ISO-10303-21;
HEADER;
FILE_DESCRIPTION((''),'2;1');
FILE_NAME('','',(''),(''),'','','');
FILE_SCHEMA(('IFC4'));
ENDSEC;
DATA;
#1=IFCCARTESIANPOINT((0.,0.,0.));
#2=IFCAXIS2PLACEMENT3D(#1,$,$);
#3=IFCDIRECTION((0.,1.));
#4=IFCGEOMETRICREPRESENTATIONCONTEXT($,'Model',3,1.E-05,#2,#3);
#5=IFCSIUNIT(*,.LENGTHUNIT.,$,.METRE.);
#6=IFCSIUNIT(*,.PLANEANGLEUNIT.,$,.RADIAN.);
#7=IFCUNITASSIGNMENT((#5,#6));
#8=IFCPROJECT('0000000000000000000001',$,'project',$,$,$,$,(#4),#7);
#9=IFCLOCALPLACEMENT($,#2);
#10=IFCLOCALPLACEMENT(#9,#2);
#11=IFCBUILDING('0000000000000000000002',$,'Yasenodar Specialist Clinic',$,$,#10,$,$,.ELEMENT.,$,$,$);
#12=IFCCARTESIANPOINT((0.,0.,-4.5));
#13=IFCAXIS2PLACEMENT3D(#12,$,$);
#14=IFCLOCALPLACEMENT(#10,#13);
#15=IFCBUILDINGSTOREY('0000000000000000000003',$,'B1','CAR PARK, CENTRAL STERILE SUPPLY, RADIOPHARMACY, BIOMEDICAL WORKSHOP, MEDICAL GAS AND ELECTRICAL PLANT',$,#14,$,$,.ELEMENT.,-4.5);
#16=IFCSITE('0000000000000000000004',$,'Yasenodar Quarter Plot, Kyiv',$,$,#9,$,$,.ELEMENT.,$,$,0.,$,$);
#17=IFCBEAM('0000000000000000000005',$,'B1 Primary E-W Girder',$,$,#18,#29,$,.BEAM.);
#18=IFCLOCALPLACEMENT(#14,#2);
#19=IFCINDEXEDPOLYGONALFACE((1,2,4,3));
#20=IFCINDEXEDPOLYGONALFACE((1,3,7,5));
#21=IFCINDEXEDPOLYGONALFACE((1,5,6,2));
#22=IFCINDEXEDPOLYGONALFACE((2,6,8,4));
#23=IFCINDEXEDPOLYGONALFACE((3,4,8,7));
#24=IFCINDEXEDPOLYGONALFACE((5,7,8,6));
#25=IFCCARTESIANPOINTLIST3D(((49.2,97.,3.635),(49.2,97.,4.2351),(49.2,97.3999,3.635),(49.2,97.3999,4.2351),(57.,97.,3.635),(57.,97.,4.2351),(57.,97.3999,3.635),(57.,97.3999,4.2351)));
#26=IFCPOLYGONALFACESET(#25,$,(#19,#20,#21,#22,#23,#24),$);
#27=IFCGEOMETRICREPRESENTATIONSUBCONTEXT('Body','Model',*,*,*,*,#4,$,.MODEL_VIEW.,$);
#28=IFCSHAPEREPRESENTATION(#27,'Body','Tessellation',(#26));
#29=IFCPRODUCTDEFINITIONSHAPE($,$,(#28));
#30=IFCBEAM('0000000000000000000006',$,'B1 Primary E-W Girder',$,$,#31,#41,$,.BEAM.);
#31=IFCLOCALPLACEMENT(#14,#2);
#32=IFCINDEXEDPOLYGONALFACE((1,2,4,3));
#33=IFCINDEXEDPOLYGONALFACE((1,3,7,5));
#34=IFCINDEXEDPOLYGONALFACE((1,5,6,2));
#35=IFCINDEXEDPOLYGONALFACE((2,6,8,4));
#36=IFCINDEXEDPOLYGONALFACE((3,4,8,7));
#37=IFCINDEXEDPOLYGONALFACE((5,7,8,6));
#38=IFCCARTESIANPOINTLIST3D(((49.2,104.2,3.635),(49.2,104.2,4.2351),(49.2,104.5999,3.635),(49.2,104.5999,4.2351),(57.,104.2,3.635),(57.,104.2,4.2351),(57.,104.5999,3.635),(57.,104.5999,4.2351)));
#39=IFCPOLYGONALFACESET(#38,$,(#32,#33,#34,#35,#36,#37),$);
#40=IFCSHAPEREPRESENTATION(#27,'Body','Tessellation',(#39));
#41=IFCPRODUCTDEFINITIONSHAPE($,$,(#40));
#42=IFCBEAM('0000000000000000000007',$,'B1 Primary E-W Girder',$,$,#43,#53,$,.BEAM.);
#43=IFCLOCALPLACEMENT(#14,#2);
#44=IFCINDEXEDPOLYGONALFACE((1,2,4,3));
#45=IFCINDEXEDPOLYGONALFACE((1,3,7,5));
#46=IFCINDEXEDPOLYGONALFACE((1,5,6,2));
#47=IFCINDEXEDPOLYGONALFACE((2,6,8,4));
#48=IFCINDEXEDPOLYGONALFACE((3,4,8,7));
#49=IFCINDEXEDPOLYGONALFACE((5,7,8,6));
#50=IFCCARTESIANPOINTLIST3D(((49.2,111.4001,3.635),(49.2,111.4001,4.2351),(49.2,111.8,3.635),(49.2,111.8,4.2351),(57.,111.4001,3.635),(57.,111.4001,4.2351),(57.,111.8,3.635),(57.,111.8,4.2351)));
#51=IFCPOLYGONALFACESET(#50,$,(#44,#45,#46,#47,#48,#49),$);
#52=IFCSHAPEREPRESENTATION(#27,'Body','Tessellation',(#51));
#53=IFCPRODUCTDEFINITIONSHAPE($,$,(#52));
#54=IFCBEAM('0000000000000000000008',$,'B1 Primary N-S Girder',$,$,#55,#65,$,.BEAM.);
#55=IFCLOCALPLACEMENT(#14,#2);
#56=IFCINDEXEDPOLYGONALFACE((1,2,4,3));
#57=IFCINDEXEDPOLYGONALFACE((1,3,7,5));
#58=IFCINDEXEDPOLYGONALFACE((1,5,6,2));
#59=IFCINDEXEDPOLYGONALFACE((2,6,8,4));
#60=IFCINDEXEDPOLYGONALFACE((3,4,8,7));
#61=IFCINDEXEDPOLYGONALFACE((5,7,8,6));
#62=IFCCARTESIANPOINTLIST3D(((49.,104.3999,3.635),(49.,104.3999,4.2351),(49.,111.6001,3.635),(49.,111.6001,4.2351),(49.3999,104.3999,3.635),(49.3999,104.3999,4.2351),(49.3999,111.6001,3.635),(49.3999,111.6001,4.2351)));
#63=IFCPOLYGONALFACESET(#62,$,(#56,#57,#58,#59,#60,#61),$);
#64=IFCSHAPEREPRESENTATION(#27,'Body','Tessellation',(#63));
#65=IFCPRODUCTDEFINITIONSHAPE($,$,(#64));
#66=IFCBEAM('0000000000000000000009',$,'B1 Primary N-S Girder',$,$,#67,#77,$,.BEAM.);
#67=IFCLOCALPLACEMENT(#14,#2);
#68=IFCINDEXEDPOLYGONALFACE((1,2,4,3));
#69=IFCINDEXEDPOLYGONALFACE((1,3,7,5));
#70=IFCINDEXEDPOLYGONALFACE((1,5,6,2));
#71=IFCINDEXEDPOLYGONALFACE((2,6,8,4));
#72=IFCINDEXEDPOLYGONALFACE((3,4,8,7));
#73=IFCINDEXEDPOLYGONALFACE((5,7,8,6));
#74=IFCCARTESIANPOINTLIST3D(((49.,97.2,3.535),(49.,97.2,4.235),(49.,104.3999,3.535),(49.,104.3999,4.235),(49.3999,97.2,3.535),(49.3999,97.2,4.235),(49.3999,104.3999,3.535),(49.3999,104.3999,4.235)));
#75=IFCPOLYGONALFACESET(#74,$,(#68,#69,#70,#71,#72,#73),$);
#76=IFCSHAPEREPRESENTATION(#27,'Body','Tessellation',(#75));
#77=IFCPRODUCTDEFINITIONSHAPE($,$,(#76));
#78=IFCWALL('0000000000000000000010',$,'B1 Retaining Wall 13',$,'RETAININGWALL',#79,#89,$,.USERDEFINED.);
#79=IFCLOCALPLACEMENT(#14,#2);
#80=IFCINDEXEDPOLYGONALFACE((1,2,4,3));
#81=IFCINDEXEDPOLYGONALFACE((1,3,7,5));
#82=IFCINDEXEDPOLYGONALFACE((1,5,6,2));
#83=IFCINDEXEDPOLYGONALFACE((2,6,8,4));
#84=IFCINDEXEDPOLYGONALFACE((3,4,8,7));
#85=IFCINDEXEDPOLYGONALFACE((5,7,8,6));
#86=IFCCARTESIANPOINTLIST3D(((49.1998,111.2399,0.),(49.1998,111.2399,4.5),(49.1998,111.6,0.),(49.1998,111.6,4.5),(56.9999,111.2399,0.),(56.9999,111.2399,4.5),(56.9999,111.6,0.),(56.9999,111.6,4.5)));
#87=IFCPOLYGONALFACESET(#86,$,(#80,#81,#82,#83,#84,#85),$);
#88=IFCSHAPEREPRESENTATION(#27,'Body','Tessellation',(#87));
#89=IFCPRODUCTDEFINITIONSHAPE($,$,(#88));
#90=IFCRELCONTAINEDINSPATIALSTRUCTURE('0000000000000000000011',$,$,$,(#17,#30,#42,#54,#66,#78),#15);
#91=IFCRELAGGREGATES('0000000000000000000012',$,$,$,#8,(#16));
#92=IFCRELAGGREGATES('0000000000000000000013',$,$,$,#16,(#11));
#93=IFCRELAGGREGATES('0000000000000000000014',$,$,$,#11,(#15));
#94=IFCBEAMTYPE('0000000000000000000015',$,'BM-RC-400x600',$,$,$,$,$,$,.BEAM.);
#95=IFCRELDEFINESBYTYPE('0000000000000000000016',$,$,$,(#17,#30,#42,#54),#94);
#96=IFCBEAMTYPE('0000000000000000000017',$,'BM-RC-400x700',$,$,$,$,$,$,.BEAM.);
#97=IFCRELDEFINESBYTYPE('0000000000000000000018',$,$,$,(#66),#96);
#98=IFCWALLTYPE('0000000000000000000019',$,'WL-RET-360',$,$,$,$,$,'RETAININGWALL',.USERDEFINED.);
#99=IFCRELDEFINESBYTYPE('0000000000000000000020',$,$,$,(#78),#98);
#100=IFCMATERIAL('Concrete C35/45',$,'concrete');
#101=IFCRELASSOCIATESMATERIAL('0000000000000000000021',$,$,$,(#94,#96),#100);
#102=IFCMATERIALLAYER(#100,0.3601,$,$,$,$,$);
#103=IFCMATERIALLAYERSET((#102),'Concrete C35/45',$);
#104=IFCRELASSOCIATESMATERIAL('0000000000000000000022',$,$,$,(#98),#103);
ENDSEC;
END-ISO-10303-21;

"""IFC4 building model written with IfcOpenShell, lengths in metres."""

from ifc_helpers import new_model, si_unit, direction, frame, frame_2d, origin, origin_2d, place, context, subcontext, project, spatial, rectangle, extrude, material, layer, layer_set, material_profile, profile_set, type_object, element, save


model = new_model("IFC4")

# Units and contexts
model_context = context("Model", 3, precision=1e-05, world=origin(), true_north=direction((0.0, 1.0)))
body_context = subcontext(model_context, "Body", "Model", "MODEL_VIEW")
ifc_project = project(units=[si_unit("LENGTHUNIT", "METRE"), si_unit("PLANEANGLEUNIT", "RADIAN")], contexts=[model_context])

# Site, building, storey
site_placement = place(None, origin())
site = spatial("IfcSite", under=ifc_project, at=site_placement, Name="Yasenodar Quarter Plot, Kyiv", CompositionType="ELEMENT", RefElevation=0.0)
building_placement = place(site_placement, origin())
building = spatial("IfcBuilding", under=site, at=building_placement, Name="Yasenodar Specialist Clinic", CompositionType="ELEMENT")
storey_placement = place(building_placement, frame((0.0, 0.0, -4.5)))
storey = spatial("IfcBuildingStorey", under=building, at=storey_placement, Name="B1", Description="CAR PARK, CENTRAL STERILE SUPPLY, RADIOPHARMACY, BIOMEDICAL WORKSHOP, MEDICAL GAS AND ELECTRICAL PLANT", CompositionType="ELEMENT", Elevation=-4.5)

# Shared definitions
ifc_material_1 = material(Name="Concrete C35/45", Category="concrete")

# Beams
ifc_material_profile_1 = material_profile(ifc_material_1, rectangle(XDim=0.3999, YDim=0.6001, at=origin_2d()), Name="RC 400x600")
ifc_profile_set_1 = profile_set([ifc_material_profile_1], Name="Concrete C35/45")
beam_type_1 = type_object("IfcBeamType", Name="BM-RC-400x600", PredefinedType="BEAM", material=ifc_profile_set_1)
for number, where, z_axis, x_axis, name in (
    (1, (49.2, 97.2, 3.9351), (1.0, 0.0, 0.0), (0.0, 1.0, 0.0), "B1 Primary E-W Girder"),
    (2, (49.2, 104.3999, 3.9351), (1.0, 0.0, 0.0), (0.0, 1.0, 0.0), "B1 Primary E-W Girder"),
    (3, (49.2, 111.6001, 3.9351), (1.0, 0.0, 0.0), (0.0, 1.0, 0.0), "B1 Primary E-W Girder"),
):
    element("IfcBeam", number, at=place(storey_placement, frame(where, z_axis=z_axis, x_axis=x_axis)), inside=storey, type_object=beam_type_1, Name=name, PredefinedType="BEAM", context=body_context, shape_type="SweptSolid", body=[
        extrude(rectangle(XDim=0.3999, YDim=0.6001, at=origin_2d()), origin(), (0.0, 0.0, 1.0), 7.8),
    ])
beam_1_placement = place(storey_placement, frame((49.2, 104.3999, 3.9351), z_axis=(0.0, 1.0, 0.0), x_axis=(-1.0, 0.0, 0.0)))
element("IfcBeam", 4, at=beam_1_placement, inside=storey, type_object=beam_type_1, Name="B1 Primary N-S Girder", PredefinedType="BEAM", context=body_context, shape_type="SweptSolid", body=[
    extrude(rectangle(XDim=0.3999, YDim=0.6001, at=origin_2d()), origin(), (0.0, 0.0, 1.0), 7.2002),
])
ifc_material_profile_2 = material_profile(ifc_material_1, rectangle(XDim=0.3999, YDim=0.7, at=origin_2d()), Name="RC 400x700")
ifc_profile_set_2 = profile_set([ifc_material_profile_2], Name="Concrete C35/45")
beam_type_2 = type_object("IfcBeamType", Name="BM-RC-400x700", PredefinedType="BEAM", material=ifc_profile_set_2)
beam_2_placement = place(storey_placement, frame((49.2, 97.2, 3.885), z_axis=(0.0, 1.0, 0.0), x_axis=(-1.0, 0.0, 0.0)))
element("IfcBeam", 5, at=beam_2_placement, inside=storey, type_object=beam_type_2, Name="B1 Primary N-S Girder", PredefinedType="BEAM", context=body_context, shape_type="SweptSolid", body=[
    extrude(rectangle(XDim=0.3999, YDim=0.7, at=origin_2d()), origin(), (0.0, 0.0, 1.0), 7.2),
])

# Wall
ifc_layer = layer(ifc_material_1, 0.3601)
ifc_layer_set = layer_set([ifc_layer], Name="Concrete C35/45")
wall_type = type_object("IfcWallType", Name="WL-RET-360", ElementType="RETAININGWALL", PredefinedType="USERDEFINED", material=ifc_layer_set)
wall_placement = place(storey_placement, frame((49.2, 111.4199, 0.0), z_axis=(0.0, 0.0, 1.0), x_axis=(1.0, 0.0, 0.0)))
element("IfcWall", 6, at=wall_placement, inside=storey, type_object=wall_type, Name="B1 Retaining Wall 13", ObjectType="RETAININGWALL", PredefinedType="USERDEFINED", context=body_context, shape_type="SweptSolid", body=[
    extrude(rectangle(XDim=7.8, YDim=0.3601, at=frame_2d((3.8999, 0.0))), origin(), (0.0, 0.0, 1.0), 4.5),
])

save(model, "model.ifc")
